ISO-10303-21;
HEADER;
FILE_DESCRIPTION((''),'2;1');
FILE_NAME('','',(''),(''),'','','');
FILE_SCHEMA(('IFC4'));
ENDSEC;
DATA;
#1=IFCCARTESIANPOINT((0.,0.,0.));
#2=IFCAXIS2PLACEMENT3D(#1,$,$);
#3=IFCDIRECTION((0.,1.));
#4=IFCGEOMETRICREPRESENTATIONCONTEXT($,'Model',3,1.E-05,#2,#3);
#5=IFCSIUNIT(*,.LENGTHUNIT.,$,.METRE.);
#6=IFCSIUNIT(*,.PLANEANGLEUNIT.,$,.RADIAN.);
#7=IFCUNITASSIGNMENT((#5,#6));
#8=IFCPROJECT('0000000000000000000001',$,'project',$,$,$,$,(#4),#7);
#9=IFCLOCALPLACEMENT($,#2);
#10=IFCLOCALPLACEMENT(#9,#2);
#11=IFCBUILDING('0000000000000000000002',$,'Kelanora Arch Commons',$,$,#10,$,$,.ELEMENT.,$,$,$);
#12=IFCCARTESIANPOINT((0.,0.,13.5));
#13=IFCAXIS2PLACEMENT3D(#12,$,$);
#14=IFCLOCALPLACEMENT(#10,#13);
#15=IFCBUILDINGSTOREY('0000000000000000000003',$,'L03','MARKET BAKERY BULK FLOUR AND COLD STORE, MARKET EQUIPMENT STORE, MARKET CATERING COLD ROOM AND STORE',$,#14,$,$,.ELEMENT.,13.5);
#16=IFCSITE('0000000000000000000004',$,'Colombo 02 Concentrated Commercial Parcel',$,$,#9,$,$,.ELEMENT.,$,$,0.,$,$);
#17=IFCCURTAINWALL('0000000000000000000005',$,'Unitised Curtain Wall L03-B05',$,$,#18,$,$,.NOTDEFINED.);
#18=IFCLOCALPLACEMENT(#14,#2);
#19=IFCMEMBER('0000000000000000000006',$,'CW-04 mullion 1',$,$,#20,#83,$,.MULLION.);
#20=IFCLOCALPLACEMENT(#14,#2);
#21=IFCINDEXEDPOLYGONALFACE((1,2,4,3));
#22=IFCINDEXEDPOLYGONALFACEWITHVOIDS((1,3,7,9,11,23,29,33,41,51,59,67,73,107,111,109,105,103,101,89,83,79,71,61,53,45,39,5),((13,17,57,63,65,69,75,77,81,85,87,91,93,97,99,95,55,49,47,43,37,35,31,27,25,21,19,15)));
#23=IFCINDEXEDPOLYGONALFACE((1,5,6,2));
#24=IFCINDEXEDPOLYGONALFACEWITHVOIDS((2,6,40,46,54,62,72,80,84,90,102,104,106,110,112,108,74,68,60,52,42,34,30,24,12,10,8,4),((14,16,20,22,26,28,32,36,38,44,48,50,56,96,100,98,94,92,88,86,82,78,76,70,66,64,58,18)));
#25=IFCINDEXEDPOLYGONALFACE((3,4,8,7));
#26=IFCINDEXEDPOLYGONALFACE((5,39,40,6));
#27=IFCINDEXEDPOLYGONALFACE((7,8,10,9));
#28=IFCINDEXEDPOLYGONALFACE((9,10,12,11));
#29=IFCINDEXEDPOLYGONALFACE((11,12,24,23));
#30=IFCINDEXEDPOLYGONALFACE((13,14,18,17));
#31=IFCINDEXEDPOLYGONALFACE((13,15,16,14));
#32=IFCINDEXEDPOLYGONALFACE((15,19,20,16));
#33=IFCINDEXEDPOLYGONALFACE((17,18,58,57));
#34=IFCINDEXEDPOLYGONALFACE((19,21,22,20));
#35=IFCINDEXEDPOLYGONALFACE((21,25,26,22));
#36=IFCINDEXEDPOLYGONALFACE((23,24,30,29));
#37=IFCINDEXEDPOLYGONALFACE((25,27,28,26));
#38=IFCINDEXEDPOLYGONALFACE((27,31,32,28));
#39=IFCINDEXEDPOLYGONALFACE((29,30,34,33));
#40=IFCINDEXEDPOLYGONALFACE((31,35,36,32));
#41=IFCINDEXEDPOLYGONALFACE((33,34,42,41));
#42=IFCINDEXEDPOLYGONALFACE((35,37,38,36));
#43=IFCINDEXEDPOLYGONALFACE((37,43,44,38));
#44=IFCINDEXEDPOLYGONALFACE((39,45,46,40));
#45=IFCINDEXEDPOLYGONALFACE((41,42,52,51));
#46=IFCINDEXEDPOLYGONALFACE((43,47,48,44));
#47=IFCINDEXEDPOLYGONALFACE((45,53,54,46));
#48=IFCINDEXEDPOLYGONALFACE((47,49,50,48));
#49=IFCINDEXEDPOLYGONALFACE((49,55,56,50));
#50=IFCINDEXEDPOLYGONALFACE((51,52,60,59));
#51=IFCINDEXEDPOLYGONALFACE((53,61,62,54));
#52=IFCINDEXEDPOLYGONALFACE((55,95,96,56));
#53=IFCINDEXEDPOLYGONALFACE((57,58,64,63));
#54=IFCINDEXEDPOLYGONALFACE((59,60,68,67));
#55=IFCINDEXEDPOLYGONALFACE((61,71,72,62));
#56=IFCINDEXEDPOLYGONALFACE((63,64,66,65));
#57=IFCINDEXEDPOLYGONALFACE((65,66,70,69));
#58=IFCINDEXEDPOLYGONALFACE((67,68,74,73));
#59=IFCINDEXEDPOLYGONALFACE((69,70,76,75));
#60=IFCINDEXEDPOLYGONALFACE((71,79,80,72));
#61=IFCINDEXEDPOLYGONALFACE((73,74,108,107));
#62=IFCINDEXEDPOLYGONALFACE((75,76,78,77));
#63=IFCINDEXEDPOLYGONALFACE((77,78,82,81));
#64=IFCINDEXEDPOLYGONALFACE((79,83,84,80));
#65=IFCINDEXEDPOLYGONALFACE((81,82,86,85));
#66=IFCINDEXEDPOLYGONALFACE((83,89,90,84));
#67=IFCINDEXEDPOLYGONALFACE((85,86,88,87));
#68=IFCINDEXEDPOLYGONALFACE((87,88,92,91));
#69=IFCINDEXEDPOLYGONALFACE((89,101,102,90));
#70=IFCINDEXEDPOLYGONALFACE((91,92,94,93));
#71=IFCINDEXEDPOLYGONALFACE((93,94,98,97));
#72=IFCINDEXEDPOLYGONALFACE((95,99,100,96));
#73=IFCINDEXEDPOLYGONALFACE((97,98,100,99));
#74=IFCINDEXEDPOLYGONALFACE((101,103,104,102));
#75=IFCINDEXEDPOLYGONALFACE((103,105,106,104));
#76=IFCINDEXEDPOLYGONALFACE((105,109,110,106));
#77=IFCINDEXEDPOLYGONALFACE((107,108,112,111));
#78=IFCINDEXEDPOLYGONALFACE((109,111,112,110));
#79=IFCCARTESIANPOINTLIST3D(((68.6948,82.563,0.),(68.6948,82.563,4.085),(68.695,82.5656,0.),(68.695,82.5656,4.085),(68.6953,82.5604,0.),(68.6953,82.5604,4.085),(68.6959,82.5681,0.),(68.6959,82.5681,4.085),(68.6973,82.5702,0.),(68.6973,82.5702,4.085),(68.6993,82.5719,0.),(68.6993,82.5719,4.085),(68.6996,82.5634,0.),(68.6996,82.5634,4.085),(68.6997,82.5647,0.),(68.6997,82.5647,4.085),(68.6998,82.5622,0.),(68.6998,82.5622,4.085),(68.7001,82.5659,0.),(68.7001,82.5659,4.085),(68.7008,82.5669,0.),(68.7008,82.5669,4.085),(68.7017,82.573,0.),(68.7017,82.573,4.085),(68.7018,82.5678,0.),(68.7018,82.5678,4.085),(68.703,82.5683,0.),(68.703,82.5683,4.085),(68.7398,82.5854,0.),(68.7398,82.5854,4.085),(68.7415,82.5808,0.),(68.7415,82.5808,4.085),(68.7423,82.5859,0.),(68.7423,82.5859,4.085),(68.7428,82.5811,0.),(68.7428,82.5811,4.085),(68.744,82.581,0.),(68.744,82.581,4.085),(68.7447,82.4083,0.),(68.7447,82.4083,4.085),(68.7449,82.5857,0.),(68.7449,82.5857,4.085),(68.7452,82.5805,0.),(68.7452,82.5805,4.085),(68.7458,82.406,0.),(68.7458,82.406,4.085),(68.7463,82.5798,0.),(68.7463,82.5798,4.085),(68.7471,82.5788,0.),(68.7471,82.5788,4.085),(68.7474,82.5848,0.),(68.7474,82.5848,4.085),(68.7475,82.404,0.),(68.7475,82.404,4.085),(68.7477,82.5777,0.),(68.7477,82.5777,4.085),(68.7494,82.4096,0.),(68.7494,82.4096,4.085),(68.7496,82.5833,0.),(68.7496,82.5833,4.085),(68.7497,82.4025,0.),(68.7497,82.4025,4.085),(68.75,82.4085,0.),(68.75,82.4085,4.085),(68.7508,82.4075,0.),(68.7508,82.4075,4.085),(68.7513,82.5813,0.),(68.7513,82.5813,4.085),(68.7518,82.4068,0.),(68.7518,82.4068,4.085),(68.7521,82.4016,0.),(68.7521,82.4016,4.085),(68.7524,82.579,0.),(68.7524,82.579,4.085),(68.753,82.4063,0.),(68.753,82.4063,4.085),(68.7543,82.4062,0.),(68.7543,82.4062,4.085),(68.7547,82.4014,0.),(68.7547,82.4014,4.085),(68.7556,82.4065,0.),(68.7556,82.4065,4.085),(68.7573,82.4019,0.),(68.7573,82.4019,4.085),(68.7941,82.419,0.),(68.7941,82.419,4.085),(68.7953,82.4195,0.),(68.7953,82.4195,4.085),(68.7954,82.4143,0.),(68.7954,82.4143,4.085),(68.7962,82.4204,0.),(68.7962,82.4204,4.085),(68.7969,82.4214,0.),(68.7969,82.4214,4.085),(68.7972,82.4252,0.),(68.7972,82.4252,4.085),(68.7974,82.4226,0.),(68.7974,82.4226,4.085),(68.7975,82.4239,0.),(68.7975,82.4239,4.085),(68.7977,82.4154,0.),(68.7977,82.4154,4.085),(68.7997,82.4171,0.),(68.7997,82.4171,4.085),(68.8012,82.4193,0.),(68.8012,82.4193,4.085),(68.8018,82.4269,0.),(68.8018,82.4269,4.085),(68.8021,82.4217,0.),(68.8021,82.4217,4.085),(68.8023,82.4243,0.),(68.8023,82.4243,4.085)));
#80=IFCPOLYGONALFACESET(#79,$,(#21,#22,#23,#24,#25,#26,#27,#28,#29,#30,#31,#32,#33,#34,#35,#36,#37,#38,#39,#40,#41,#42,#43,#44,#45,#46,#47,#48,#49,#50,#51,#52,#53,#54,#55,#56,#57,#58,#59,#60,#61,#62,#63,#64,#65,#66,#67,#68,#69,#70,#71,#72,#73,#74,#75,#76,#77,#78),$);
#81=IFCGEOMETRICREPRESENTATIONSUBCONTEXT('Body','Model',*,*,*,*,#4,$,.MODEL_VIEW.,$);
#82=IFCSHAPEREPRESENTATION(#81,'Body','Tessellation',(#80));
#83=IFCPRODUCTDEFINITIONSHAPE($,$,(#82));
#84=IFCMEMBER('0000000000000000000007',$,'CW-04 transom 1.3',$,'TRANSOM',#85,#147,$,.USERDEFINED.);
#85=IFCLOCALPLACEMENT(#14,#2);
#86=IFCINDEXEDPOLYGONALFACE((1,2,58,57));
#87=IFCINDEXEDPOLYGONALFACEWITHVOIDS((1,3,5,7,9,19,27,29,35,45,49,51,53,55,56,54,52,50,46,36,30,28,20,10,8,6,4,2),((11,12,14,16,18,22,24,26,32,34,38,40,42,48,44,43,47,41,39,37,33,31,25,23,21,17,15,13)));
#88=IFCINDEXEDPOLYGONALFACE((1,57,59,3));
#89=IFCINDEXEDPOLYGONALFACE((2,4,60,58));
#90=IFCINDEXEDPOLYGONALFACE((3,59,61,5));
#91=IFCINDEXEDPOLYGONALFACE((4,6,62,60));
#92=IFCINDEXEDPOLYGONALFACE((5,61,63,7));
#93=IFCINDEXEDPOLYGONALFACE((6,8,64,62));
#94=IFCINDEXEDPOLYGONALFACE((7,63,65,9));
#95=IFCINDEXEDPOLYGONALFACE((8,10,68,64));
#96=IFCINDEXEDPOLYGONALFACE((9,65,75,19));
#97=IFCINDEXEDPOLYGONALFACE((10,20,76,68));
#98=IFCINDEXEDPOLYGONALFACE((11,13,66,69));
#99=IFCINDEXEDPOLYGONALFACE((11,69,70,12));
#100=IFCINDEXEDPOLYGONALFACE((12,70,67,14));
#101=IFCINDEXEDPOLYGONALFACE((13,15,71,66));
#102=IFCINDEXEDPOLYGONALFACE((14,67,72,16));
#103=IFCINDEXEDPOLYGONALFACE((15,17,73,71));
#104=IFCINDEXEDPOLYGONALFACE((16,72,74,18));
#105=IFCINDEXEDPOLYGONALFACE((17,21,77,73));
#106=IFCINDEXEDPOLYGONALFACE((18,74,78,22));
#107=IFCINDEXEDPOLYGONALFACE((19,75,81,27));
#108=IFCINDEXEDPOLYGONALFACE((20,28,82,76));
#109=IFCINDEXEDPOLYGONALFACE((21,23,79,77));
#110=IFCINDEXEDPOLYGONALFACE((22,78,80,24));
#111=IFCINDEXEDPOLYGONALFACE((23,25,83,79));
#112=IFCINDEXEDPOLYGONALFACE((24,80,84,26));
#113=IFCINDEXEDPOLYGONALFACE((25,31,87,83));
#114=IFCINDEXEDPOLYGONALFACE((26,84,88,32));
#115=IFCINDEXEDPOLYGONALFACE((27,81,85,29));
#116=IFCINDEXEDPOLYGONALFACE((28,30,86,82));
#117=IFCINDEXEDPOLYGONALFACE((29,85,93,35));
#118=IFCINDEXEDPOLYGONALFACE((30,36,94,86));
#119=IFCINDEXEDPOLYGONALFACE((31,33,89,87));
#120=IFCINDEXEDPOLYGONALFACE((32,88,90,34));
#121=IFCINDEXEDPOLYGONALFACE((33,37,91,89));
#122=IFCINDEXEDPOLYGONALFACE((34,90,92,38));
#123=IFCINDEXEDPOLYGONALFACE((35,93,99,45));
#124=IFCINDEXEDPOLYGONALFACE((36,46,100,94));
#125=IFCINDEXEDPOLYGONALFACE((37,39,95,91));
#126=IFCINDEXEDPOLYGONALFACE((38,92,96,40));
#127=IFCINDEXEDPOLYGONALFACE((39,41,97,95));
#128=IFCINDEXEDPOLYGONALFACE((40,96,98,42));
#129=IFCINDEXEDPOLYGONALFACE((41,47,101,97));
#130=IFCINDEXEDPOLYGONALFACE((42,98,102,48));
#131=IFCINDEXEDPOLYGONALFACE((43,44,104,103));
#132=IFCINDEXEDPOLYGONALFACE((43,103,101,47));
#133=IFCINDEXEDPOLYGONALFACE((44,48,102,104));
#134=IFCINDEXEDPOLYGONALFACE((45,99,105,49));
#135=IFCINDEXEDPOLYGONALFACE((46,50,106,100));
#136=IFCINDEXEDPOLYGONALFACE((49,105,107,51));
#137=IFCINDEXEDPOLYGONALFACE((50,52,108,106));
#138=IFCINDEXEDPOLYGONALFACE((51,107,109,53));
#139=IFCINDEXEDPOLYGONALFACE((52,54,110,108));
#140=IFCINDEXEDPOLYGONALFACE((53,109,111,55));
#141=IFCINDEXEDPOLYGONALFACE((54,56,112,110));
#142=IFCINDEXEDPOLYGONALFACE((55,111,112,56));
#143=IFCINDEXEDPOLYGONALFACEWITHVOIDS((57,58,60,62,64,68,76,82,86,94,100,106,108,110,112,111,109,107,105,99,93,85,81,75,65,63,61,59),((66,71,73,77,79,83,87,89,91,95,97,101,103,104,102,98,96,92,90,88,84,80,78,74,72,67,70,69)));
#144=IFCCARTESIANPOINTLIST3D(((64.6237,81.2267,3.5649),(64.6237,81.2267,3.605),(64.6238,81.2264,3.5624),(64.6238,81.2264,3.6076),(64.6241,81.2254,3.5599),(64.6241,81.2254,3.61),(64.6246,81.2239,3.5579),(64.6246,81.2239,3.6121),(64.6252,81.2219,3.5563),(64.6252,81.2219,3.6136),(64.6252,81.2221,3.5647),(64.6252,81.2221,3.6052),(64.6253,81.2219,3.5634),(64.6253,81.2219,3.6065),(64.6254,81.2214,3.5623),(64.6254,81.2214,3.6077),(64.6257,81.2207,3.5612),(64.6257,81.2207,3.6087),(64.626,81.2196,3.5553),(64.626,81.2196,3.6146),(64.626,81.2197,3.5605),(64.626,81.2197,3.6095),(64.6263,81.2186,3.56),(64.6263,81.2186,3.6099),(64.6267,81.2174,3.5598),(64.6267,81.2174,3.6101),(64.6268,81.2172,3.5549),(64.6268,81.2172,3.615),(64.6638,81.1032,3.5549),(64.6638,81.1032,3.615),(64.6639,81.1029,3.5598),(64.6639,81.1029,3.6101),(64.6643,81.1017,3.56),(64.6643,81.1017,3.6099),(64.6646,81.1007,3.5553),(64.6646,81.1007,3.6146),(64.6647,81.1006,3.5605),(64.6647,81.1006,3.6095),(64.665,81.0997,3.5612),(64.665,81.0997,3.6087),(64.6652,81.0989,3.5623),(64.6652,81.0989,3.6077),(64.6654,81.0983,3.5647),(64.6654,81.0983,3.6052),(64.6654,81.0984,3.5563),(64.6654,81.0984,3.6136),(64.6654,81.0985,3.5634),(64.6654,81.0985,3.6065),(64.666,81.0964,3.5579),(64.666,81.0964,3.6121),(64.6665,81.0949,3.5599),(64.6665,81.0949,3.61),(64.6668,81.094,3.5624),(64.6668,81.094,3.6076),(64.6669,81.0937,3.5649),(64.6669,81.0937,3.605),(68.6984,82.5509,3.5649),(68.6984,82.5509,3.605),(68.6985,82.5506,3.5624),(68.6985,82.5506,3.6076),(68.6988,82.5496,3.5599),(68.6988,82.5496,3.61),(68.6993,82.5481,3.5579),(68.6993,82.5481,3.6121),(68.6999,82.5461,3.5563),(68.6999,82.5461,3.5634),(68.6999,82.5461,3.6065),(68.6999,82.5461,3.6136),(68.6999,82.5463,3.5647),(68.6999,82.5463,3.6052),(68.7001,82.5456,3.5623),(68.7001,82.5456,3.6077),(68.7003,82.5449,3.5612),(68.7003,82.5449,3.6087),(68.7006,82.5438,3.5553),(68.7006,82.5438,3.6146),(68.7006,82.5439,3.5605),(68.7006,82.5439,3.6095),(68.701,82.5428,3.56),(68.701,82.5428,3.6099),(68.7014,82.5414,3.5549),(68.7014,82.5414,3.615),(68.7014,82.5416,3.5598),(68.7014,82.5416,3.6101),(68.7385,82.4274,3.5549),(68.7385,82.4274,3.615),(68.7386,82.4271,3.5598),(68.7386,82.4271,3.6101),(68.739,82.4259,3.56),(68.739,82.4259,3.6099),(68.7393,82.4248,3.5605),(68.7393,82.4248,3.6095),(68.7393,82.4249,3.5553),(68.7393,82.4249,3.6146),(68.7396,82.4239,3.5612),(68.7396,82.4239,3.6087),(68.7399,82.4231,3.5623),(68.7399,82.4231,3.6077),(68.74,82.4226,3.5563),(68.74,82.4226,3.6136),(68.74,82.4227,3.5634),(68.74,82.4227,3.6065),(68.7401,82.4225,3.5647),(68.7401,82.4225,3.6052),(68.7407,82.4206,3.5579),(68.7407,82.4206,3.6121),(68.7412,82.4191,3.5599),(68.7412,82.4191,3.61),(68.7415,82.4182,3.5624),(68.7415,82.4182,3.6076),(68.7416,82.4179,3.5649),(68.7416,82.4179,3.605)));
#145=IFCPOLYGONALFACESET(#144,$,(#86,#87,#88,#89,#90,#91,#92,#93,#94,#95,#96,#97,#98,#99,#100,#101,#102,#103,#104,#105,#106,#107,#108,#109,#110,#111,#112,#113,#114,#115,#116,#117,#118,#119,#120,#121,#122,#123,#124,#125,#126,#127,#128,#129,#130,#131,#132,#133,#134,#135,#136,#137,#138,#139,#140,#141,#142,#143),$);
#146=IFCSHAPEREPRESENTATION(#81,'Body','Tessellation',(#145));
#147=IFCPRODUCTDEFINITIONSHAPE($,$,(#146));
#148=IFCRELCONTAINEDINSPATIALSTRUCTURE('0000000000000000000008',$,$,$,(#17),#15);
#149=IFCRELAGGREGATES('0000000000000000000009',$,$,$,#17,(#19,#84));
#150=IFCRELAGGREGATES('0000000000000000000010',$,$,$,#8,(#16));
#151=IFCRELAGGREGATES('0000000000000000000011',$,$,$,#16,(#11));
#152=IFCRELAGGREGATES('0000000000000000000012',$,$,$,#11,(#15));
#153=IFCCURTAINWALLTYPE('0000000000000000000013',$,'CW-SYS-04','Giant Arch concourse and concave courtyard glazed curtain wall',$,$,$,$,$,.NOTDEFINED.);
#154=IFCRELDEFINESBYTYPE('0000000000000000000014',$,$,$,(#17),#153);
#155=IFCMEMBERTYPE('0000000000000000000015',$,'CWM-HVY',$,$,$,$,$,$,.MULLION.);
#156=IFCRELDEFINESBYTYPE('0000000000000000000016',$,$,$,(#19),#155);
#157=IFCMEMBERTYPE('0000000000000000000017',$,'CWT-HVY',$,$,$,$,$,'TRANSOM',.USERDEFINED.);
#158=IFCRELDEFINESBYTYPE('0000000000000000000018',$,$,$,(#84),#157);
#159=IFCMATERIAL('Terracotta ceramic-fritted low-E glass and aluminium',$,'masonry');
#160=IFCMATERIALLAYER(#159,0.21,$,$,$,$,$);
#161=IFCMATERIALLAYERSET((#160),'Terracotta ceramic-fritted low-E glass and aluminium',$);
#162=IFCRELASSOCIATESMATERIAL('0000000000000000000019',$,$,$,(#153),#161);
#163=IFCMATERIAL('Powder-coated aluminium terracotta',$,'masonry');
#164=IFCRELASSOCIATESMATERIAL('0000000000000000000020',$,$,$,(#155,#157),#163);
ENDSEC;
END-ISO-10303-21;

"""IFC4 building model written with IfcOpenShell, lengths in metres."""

from ifc_helpers import new_model, si_unit, direction, frame, origin, origin_2d, place, context, subcontext, project, spatial, hollow_rectangle, extrude, material, layer, layer_set, material_profile, profile_set, type_object, element, aggregate, save


model = new_model("IFC4")

# Units and contexts
model_context = context("Model", 3, precision=1e-05, world=origin(), true_north=direction((0.0, 1.0)))
body_context = subcontext(model_context, "Body", "Model", "MODEL_VIEW")
ifc_project = project(units=[si_unit("LENGTHUNIT", "METRE"), si_unit("PLANEANGLEUNIT", "RADIAN")], contexts=[model_context])

# Site, building, storey
site_placement = place(None, origin())
site = spatial("IfcSite", under=ifc_project, at=site_placement, Name="Colombo 02 Concentrated Commercial Parcel", CompositionType="ELEMENT", RefElevation=0.0)
building_placement = place(site_placement, origin())
building = spatial("IfcBuilding", under=site, at=building_placement, Name="Kelanora Arch Commons", CompositionType="ELEMENT")
storey_placement = place(building_placement, frame((0.0, 0.0, 13.5)))
storey = spatial("IfcBuildingStorey", under=building, at=storey_placement, Name="L03", Description="MARKET BAKERY BULK FLOUR AND COLD STORE, MARKET EQUIPMENT STORE, MARKET CATERING COLD ROOM AND STORE", CompositionType="ELEMENT", Elevation=13.5)

# Shared definitions
ifc_material_1 = material(Name="Terracotta ceramic-fritted low-E glass and aluminium", Category="masonry")
ifc_layer_1 = layer(ifc_material_1, 0.21)
ifc_layer_set_1 = layer_set([ifc_layer_1], Name="Terracotta ceramic-fritted low-E glass and aluminium")
curtain_wall_type = type_object("IfcCurtainWallType", Name="CW-SYS-04", Description="Giant Arch concourse and concave courtyard glazed curtain wall", PredefinedType="NOTDEFINED", material=ifc_layer_set_1)
ifc_material_2 = material(Name="Powder-coated aluminium terracotta", Category="masonry")
ifc_material_profile_1 = material_profile(ifc_material_2, hollow_rectangle(XDim=0.1799, YDim=0.0601, WallThickness=0.0049, InnerFilletRadius=0.0049, OuterFilletRadius=0.01, at=origin_2d()), Name="CWM180x60")
ifc_profile_set_1 = profile_set([ifc_material_profile_1], Name="Powder-coated aluminium terracotta")
member_type_1 = type_object("IfcMemberType", Name="CWM-HVY", PredefinedType="MULLION", material=ifc_profile_set_1)

# Curtain wall, members
curtain_wall_1_placement = place(storey_placement, origin())
curtain_wall_1 = element("IfcCurtainWall", 1, at=curtain_wall_1_placement, inside=storey, type_object=curtain_wall_type, Name="Unitised Curtain Wall L03-B05", PredefinedType="NOTDEFINED")
member_1_placement = place(storey_placement, frame((68.7485, 82.4937, 0.0), z_axis=(0.0, 0.0, 1.0), x_axis=(0.30907, -0.951039, 0.0)))
member_1 = element("IfcMember", 2, at=member_1_placement, type_object=member_type_1, Name="CW-04 mullion 1", PredefinedType="MULLION", context=body_context, shape_type="SweptSolid", body=[
    extrude(hollow_rectangle(XDim=0.1799, YDim=0.0601, WallThickness=0.0049, InnerFilletRadius=0.0049, OuterFilletRadius=0.01, at=origin_2d()), origin(), (0.0, 0.0, 1.0), 4.085),
])
ifc_material_profile_2 = material_profile(ifc_material_2, hollow_rectangle(XDim=0.1399, YDim=0.0601, WallThickness=0.0049, InnerFilletRadius=0.0049, OuterFilletRadius=0.01, at=origin_2d()), Name="CWT140x60")
ifc_profile_set_2 = profile_set([ifc_material_profile_2], Name="Powder-coated aluminium terracotta")
member_type_2 = type_object("IfcMemberType", Name="CWT-HVY", ElementType="TRANSOM", PredefinedType="USERDEFINED", material=ifc_profile_set_2)
member_2_placement = place(storey_placement, frame((68.72, 82.4844, 3.585), z_axis=(-0.951038, -0.309073, 0.0), x_axis=(0.309073, -0.951038, 0.0)))
member_2 = element("IfcMember", 3, at=member_2_placement, type_object=member_type_2, Name="CW-04 transom 1.3", ObjectType="TRANSOM", PredefinedType="USERDEFINED", context=body_context, shape_type="SweptSolid", body=[
    extrude(hollow_rectangle(XDim=0.1399, YDim=0.0601, WallThickness=0.0049, InnerFilletRadius=0.0049, OuterFilletRadius=0.01, at=origin_2d()), origin(), (0.0, 0.0, 1.0), 4.2844),
])
aggregate(curtain_wall_1, [member_1, member_2])

save(model, "model.ifc")
